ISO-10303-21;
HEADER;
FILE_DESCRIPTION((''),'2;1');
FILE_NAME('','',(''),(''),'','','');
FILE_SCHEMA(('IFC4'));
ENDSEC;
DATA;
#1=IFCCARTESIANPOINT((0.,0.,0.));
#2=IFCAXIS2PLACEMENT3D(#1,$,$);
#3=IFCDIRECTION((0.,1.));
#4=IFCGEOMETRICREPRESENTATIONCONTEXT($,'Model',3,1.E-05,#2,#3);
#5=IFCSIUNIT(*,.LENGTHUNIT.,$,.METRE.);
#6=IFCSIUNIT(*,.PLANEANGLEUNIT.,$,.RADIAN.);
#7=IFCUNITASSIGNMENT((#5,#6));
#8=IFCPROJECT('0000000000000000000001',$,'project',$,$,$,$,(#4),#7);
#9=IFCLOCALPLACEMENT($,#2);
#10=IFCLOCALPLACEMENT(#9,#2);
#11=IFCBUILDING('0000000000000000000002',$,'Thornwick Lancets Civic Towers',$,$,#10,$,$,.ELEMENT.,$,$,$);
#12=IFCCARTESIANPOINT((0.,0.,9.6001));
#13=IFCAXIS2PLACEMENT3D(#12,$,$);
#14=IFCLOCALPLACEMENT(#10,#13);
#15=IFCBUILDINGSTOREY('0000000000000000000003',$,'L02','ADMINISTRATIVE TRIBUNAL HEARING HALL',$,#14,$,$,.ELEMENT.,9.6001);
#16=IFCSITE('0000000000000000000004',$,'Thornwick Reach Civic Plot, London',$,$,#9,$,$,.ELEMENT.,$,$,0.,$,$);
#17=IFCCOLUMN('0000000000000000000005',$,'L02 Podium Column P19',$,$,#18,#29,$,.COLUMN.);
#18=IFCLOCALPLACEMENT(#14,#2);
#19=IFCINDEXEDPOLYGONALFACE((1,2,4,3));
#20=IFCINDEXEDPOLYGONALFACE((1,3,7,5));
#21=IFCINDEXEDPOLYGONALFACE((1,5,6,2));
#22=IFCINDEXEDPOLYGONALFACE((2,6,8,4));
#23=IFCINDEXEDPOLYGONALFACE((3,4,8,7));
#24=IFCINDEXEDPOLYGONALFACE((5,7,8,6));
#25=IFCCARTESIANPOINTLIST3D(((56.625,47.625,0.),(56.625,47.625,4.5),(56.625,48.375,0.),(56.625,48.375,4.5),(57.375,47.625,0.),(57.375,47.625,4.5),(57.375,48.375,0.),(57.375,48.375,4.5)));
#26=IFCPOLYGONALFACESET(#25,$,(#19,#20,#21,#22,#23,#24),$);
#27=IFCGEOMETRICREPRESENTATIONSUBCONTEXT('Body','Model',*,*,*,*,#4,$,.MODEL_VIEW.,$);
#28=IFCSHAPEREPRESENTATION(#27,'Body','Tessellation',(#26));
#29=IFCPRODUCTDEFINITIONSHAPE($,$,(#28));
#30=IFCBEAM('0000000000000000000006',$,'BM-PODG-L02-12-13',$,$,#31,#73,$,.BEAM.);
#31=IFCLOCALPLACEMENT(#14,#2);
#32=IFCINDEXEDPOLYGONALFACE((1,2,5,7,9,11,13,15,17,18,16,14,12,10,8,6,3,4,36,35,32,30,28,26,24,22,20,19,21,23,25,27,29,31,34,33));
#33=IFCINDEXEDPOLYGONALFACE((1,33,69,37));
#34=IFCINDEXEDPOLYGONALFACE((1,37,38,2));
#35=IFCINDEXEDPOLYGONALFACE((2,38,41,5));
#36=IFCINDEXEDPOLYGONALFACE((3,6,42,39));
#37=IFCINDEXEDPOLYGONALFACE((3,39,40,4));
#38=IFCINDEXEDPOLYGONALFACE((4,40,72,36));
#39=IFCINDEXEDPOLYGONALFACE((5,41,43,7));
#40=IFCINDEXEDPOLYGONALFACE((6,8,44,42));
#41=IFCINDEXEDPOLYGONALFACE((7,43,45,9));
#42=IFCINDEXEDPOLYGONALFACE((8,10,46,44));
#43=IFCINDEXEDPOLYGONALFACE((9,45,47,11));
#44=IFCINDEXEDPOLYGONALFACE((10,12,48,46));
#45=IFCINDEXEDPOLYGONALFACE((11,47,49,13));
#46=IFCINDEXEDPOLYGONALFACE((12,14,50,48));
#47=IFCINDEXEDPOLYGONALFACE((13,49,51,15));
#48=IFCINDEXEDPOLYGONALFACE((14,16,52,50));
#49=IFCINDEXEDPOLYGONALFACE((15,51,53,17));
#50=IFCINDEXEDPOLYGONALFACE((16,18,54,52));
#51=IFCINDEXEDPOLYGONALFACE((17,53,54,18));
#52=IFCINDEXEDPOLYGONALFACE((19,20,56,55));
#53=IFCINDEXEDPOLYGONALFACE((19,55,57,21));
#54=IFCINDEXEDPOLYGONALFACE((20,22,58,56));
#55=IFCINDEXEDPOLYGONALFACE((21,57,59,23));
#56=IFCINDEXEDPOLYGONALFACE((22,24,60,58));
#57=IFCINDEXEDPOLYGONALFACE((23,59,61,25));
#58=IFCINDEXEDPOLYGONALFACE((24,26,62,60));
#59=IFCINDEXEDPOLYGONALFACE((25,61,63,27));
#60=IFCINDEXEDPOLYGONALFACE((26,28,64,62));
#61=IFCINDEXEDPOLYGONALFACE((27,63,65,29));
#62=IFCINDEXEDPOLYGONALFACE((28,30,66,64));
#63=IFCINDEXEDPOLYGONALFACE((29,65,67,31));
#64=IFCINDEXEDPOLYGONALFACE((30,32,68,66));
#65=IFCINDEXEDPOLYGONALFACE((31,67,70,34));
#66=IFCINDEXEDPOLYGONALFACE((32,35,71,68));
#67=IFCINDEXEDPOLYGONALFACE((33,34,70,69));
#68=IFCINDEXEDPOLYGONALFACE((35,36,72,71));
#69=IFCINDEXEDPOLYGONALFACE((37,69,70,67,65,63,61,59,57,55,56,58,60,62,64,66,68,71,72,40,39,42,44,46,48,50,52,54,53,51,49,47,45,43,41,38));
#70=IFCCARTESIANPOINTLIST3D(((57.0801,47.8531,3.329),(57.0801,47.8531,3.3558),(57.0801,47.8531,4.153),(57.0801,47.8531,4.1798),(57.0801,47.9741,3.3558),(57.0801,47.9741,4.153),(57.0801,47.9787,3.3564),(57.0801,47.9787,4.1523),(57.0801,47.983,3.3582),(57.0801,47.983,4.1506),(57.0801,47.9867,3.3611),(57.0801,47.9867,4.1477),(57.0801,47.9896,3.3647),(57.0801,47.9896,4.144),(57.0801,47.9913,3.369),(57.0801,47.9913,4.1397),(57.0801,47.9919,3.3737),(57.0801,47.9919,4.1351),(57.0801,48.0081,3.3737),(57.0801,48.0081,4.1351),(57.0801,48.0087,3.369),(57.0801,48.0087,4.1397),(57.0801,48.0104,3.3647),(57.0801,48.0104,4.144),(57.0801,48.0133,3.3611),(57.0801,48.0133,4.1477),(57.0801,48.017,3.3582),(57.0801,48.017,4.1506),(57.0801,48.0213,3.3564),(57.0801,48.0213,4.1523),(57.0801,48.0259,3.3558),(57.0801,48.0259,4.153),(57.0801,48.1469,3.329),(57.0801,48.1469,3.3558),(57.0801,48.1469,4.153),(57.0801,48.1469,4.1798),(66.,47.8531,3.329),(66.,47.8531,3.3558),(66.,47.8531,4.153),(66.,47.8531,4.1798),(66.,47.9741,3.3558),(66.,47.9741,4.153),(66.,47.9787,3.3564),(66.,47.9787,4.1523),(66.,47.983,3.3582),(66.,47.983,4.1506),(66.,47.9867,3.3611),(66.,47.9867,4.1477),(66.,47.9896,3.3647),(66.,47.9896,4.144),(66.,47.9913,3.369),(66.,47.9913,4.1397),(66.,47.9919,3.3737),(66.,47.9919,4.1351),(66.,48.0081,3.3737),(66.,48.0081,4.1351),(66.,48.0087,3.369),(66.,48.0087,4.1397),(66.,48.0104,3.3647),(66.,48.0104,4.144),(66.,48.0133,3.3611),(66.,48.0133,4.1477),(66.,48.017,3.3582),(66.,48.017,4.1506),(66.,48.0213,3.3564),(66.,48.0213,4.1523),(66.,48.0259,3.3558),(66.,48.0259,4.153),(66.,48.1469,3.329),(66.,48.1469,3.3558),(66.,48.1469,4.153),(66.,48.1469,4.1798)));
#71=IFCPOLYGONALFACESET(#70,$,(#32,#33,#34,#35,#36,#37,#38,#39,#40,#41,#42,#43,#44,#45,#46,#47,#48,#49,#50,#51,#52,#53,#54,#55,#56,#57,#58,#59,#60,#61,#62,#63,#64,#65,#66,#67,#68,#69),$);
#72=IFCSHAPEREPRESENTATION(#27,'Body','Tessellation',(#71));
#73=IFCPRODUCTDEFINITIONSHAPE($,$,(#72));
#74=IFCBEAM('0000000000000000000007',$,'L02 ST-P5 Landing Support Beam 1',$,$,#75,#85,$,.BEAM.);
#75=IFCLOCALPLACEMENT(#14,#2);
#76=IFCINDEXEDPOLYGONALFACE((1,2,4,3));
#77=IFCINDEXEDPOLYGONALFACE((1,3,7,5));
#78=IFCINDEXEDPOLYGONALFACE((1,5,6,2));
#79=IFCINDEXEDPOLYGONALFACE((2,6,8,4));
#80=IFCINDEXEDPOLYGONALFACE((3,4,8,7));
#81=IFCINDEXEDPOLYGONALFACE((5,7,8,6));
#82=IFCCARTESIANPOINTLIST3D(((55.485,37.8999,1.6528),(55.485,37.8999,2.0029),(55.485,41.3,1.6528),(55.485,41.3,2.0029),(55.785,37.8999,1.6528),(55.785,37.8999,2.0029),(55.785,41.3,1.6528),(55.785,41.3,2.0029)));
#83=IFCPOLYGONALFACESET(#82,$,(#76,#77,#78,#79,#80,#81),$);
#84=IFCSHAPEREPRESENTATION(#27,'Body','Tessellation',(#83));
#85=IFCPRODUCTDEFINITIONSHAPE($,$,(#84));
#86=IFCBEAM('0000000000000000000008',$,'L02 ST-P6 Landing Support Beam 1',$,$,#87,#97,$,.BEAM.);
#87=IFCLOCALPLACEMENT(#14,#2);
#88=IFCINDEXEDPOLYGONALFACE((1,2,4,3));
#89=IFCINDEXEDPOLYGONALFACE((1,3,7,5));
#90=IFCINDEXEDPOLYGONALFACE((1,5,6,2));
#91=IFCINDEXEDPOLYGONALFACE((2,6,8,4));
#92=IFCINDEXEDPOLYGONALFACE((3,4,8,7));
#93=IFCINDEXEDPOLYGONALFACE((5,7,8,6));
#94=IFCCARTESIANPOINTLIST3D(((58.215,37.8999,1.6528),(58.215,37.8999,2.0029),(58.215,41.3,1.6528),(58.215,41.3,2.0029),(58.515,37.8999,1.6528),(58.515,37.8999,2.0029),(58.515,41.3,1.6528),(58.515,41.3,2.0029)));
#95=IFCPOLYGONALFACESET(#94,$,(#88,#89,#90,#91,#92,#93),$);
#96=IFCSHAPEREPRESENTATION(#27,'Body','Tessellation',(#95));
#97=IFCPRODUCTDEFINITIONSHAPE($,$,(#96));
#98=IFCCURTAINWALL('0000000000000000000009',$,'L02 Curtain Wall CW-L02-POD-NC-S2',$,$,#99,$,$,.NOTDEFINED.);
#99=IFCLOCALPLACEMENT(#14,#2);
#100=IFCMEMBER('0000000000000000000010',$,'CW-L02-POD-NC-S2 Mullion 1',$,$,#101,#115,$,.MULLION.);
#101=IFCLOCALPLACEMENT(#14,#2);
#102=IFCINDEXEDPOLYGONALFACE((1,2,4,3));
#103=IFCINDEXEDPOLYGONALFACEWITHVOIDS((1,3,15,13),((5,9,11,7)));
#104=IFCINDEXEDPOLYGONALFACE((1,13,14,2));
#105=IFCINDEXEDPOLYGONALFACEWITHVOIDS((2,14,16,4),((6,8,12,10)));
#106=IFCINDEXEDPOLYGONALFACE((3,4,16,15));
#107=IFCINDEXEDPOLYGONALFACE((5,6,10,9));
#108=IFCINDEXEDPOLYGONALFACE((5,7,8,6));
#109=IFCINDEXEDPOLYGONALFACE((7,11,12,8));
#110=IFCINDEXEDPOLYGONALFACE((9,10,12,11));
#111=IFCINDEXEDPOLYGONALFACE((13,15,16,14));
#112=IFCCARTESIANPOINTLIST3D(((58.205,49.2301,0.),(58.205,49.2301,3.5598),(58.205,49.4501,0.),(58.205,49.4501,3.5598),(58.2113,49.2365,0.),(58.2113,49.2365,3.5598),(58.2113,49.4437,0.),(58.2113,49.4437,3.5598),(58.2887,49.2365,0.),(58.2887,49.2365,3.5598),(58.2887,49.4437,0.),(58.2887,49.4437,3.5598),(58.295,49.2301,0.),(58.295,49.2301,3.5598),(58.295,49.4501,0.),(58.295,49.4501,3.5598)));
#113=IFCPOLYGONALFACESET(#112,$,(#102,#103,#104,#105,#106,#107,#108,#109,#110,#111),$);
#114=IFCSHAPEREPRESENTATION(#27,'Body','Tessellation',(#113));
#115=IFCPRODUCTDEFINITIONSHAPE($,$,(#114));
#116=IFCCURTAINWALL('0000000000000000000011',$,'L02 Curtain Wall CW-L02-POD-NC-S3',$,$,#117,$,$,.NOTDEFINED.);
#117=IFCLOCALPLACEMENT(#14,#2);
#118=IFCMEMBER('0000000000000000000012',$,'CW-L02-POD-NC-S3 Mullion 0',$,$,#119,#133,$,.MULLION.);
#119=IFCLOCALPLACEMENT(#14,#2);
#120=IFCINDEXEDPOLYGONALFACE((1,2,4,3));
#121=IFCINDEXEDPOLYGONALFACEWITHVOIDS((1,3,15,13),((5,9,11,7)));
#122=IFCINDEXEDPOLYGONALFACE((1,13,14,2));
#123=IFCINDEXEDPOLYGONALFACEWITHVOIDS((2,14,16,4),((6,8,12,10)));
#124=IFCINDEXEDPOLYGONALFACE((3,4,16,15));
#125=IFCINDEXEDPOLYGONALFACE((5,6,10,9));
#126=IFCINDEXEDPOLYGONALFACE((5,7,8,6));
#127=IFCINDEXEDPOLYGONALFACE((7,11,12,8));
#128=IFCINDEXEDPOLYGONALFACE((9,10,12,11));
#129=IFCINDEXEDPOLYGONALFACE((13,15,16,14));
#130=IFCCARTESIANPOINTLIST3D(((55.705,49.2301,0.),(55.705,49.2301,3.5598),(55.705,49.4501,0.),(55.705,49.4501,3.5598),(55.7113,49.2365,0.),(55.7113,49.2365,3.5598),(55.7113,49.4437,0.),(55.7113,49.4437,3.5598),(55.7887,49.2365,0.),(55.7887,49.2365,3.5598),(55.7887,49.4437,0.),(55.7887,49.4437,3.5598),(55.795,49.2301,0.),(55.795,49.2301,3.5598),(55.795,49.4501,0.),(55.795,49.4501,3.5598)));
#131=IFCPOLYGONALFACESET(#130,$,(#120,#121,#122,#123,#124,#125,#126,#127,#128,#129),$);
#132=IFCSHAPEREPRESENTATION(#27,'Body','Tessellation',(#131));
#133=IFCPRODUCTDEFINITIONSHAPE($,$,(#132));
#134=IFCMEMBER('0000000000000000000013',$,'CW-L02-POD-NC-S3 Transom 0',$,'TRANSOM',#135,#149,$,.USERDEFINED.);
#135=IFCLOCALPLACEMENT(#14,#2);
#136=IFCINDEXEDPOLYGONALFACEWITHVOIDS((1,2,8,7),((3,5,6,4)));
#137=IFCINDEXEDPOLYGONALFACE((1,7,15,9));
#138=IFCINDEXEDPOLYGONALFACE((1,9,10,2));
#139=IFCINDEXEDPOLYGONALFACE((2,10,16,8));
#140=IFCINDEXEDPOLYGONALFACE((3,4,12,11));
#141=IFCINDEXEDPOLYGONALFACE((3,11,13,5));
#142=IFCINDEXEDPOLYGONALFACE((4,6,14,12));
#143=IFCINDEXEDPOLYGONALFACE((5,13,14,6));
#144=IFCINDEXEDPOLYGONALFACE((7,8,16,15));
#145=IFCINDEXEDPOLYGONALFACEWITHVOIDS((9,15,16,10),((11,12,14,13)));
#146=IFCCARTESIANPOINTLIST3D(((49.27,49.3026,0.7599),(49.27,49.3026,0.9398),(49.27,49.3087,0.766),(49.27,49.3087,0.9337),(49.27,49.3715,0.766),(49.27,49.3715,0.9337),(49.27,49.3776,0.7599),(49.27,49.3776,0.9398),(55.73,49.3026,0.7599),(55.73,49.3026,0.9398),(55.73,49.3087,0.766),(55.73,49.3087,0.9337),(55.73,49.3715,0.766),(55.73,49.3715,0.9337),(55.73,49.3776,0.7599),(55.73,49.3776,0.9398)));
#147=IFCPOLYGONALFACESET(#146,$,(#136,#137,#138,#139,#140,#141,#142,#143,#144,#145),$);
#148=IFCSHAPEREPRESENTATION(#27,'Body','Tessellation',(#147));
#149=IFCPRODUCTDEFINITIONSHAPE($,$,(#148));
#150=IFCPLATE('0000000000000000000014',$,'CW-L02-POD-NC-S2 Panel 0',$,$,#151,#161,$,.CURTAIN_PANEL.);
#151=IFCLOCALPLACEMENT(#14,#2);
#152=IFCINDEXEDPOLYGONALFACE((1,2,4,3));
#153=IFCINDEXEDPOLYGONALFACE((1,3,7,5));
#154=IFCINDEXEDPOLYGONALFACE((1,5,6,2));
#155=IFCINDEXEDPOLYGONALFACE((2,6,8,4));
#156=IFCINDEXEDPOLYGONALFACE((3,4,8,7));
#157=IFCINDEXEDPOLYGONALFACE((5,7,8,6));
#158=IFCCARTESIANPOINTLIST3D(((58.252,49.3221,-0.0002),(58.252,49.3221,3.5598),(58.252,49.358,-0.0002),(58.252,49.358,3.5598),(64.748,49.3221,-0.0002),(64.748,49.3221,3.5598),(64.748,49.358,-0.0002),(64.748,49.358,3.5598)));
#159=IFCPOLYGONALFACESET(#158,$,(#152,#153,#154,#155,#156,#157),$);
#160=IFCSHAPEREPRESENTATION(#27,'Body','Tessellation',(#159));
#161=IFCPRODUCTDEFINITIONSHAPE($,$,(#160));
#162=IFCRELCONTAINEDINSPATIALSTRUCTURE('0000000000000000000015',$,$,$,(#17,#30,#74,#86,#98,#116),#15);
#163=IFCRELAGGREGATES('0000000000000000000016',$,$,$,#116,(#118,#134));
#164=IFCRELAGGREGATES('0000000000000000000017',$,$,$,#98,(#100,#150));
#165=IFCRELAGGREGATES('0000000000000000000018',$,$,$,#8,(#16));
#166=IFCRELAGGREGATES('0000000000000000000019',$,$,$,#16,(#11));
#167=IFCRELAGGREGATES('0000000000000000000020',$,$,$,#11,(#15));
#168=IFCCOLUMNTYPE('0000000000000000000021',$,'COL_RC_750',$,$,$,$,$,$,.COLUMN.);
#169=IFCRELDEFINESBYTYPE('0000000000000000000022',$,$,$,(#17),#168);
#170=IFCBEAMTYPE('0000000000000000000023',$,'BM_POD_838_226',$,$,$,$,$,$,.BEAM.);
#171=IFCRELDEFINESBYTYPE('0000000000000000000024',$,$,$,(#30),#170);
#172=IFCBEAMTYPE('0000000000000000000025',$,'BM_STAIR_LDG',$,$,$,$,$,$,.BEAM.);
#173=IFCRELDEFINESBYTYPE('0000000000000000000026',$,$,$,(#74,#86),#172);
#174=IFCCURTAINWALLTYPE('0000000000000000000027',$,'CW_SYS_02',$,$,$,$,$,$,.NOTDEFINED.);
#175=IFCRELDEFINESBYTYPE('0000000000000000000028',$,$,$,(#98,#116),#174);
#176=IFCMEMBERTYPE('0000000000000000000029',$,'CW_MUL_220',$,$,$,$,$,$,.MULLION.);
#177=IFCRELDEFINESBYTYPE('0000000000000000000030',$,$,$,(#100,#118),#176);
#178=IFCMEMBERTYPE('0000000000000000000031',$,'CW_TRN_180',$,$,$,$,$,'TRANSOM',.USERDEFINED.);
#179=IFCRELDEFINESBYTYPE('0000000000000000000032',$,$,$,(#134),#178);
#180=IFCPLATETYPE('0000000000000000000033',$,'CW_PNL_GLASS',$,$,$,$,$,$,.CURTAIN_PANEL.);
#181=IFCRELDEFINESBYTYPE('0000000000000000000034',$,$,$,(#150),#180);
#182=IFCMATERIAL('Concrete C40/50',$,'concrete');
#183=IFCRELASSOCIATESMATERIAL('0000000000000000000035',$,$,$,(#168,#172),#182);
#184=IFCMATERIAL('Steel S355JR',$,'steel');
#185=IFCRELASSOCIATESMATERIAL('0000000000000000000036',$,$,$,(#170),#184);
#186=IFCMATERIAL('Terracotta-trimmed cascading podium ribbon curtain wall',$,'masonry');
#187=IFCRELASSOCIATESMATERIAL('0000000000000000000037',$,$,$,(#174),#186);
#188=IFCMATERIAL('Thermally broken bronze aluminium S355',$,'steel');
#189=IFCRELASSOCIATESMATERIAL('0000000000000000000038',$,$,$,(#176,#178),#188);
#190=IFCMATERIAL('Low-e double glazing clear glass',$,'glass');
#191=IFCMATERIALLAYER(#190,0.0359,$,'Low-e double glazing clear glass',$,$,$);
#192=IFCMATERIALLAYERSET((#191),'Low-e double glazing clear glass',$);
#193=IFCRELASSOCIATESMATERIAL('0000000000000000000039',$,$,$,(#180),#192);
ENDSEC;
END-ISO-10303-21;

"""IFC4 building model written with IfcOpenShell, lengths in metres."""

from ifc_helpers import new_model, si_unit, direction, frame, origin, origin_2d, place, context, subcontext, project, spatial, rectangle, hollow_rectangle, i_section, extrude, material, layer, layer_set, material_profile, profile_set, type_object, element, aggregate, save


model = new_model("IFC4")

# Units and contexts
model_context = context("Model", 3, precision=1e-05, world=origin(), true_north=direction((0.0, 1.0)))
body_context = subcontext(model_context, "Body", "Model", "MODEL_VIEW")
ifc_project = project(units=[si_unit("LENGTHUNIT", "METRE"), si_unit("PLANEANGLEUNIT", "RADIAN")], contexts=[model_context])

# Site, building, storey
site_placement = place(None, origin())
site = spatial("IfcSite", under=ifc_project, at=site_placement, Name="Thornwick Reach Civic Plot, London", CompositionType="ELEMENT", RefElevation=0.0)
building_placement = place(site_placement, origin())
building = spatial("IfcBuilding", under=site, at=building_placement, Name="Thornwick Lancets Civic Towers", CompositionType="ELEMENT")
storey_placement = place(building_placement, frame((0.0, 0.0, 9.6001)))
storey = spatial("IfcBuildingStorey", under=building, at=storey_placement, Name="L02", Description="ADMINISTRATIVE TRIBUNAL HEARING HALL", CompositionType="ELEMENT", Elevation=9.6001)

# Column
ifc_material_1 = material(Name="Concrete C40/50", Category="concrete")
ifc_material_profile_1 = material_profile(ifc_material_1, rectangle(XDim=0.75, YDim=0.75, at=origin_2d()), Name="RC 750x750")
ifc_profile_set_1 = profile_set([ifc_material_profile_1], Name="Concrete C40/50")
column_type = type_object("IfcColumnType", Name="COL_RC_750", PredefinedType="COLUMN", material=ifc_profile_set_1)
column_placement = place(storey_placement, frame((57.0, 48.0, 0.0), z_axis=(0.0, 0.0, 1.0), x_axis=(1.0, 0.0, 0.0)))
element("IfcColumn", 1, at=column_placement, inside=storey, type_object=column_type, Name="L02 Podium Column P19", PredefinedType="COLUMN", context=body_context, shape_type="SweptSolid", body=[
    extrude(rectangle(XDim=0.75, YDim=0.75, at=origin_2d()), origin(), (0.0, 0.0, 1.0), 4.5),
])

# Beams
ifc_material_2 = material(Name="Steel S355JR", Category="steel")
ifc_material_profile_2 = material_profile(ifc_material_2, i_section(OverallWidth=0.2937, OverallDepth=0.8508, WebThickness=0.0161, FlangeThickness=0.0269, FilletRadius=0.0178, at=origin_2d()), Name="UKB 838x292x226")
ifc_profile_set_2 = profile_set([ifc_material_profile_2], Name="Steel S355JR")
beam_type_1 = type_object("IfcBeamType", Name="BM_POD_838_226", PredefinedType="BEAM", material=ifc_profile_set_2)
beam_placement = place(storey_placement, frame((57.0801, 48.0, 3.7544), z_axis=(1.0, 0.0, 0.0), x_axis=(0.0, 1.0, 0.0)))
element("IfcBeam", 2, at=beam_placement, inside=storey, type_object=beam_type_1, Name="BM-PODG-L02-12-13", PredefinedType="BEAM", context=body_context, shape_type="SweptSolid", body=[
    extrude(i_section(OverallWidth=0.2937, OverallDepth=0.8508, WebThickness=0.0161, FlangeThickness=0.0269, FilletRadius=0.0178, at=origin_2d()), origin(), (0.0, 0.0, 1.0), 8.9199),
])
ifc_material_profile_3 = material_profile(ifc_material_1, rectangle(XDim=0.3, YDim=0.3501, at=origin_2d()), Name="RC 300x350")
ifc_profile_set_3 = profile_set([ifc_material_profile_3], Name="Concrete C40/50")
beam_type_2 = type_object("IfcBeamType", Name="BM_STAIR_LDG", PredefinedType="BEAM", material=ifc_profile_set_3)
for number, where, z_axis, x_axis, name in (
    (3, (55.635, 37.8999, 1.8279), (0.0, 1.0, 0.0), (-1.0, 0.0, 0.0), "L02 ST-P5 Landing Support Beam 1"),
    (4, (58.365, 41.3, 1.8279), (0.0, -1.0, 0.0), (1.0, 0.0, 0.0), "L02 ST-P6 Landing Support Beam 1"),
):
    element("IfcBeam", number, at=place(storey_placement, frame(where, z_axis=z_axis, x_axis=x_axis)), inside=storey, type_object=beam_type_2, Name=name, PredefinedType="BEAM", context=body_context, shape_type="SweptSolid", body=[
        extrude(rectangle(XDim=0.3, YDim=0.3501, at=origin_2d()), origin(), (0.0, 0.0, 1.0), 3.4001),
    ])

# Curtain wall, member
ifc_material_3 = material(Name="Terracotta-trimmed cascading podium ribbon curtain wall", Category="masonry")
curtain_wall_type = type_object("IfcCurtainWallType", Name="CW_SYS_02", PredefinedType="NOTDEFINED", material=ifc_material_3)
curtain_wall_1_placement = place(storey_placement, origin())
curtain_wall_1 = element("IfcCurtainWall", 5, at=curtain_wall_1_placement, inside=storey, type_object=curtain_wall_type, Name="L02 Curtain Wall CW-L02-POD-NC-S2", PredefinedType="NOTDEFINED")
ifc_material_4 = material(Name="Thermally broken bronze aluminium S355", Category="steel")
ifc_material_profile_4 = material_profile(ifc_material_4, hollow_rectangle(XDim=0.0901, YDim=0.22, WallThickness=0.0063, at=origin_2d()), Name="RHS 220x90x6.3")
ifc_profile_set_4 = profile_set([ifc_material_profile_4], Name="Thermally broken bronze aluminium S355")
member_type_1 = type_object("IfcMemberType", Name="CW_MUL_220", PredefinedType="MULLION", material=ifc_profile_set_4)
member_1_placement = place(storey_placement, frame((58.25, 49.3401, 0.0), z_axis=(0.0, 0.0, 1.0), x_axis=(1.0, 0.0, 0.0)))
member_1 = element("IfcMember", 6, at=member_1_placement, type_object=member_type_1, Name="CW-L02-POD-NC-S2 Mullion 1", PredefinedType="MULLION", context=body_context, shape_type="SweptSolid", body=[
    extrude(hollow_rectangle(XDim=0.0901, YDim=0.22, WallThickness=0.0063, at=origin_2d()), origin(), (0.0, 0.0, 1.0), 3.5598),
])

# Curtain wall, members
curtain_wall_2_placement = place(storey_placement, origin())
curtain_wall_2 = element("IfcCurtainWall", 7, at=curtain_wall_2_placement, inside=storey, type_object=curtain_wall_type, Name="L02 Curtain Wall CW-L02-POD-NC-S3", PredefinedType="NOTDEFINED")
member_2_placement = place(storey_placement, frame((55.75, 49.3401, 0.0), z_axis=(0.0, 0.0, 1.0), x_axis=(1.0, 0.0, 0.0)))
member_2 = element("IfcMember", 8, at=member_2_placement, type_object=member_type_1, Name="CW-L02-POD-NC-S3 Mullion 0", PredefinedType="MULLION", context=body_context, shape_type="SweptSolid", body=[
    extrude(hollow_rectangle(XDim=0.0901, YDim=0.22, WallThickness=0.0063, at=origin_2d()), origin(), (0.0, 0.0, 1.0), 3.5598),
])
ifc_material_profile_5 = material_profile(ifc_material_4, hollow_rectangle(XDim=0.075, YDim=0.1799, WallThickness=0.0061, at=origin_2d()), Name="RHS 180x75x6")
ifc_profile_set_5 = profile_set([ifc_material_profile_5], Name="Thermally broken bronze aluminium S355")
member_type_2 = type_object("IfcMemberType", Name="CW_TRN_180", ElementType="TRANSOM", PredefinedType="USERDEFINED", material=ifc_profile_set_5)
member_3_placement = place(storey_placement, frame((55.73, 49.3401, 0.8499), z_axis=(-1.0, 0.0, 0.0), x_axis=(0.0, -1.0, 0.0)))
member_3 = element("IfcMember", 9, at=member_3_placement, type_object=member_type_2, Name="CW-L02-POD-NC-S3 Transom 0", ObjectType="TRANSOM", PredefinedType="USERDEFINED", context=body_context, shape_type="SweptSolid", body=[
    extrude(hollow_rectangle(XDim=0.075, YDim=0.1799, WallThickness=0.0061, at=origin_2d()), origin(), (0.0, 0.0, 1.0), 6.46),
])
aggregate(curtain_wall_2, [member_2, member_3])

# Plate
ifc_material_5 = material(Name="Low-e double glazing clear glass", Category="glass")
ifc_layer_1 = layer(ifc_material_5, 0.0359, Name="Low-e double glazing clear glass")
ifc_layer_set_1 = layer_set([ifc_layer_1], Name="Low-e double glazing clear glass")
plate_type = type_object("IfcPlateType", Name="CW_PNL_GLASS", PredefinedType="CURTAIN_PANEL", material=ifc_layer_set_1)
plate_placement = place(storey_placement, frame((61.5, 49.3401, -0.0002), z_axis=(0.0, 0.0, 1.0), x_axis=(-1.0, 0.0, 0.0)))
plate = element("IfcPlate", 10, at=plate_placement, type_object=plate_type, Name="CW-L02-POD-NC-S2 Panel 0", PredefinedType="CURTAIN_PANEL", context=body_context, shape_type="SweptSolid", body=[
    extrude(rectangle(XDim=6.4961, YDim=0.0359, at=origin_2d()), origin(), (0.0, 0.0, 1.0), 3.5601),
])
aggregate(curtain_wall_1, [member_1, plate])

save(model, "model.ifc")
